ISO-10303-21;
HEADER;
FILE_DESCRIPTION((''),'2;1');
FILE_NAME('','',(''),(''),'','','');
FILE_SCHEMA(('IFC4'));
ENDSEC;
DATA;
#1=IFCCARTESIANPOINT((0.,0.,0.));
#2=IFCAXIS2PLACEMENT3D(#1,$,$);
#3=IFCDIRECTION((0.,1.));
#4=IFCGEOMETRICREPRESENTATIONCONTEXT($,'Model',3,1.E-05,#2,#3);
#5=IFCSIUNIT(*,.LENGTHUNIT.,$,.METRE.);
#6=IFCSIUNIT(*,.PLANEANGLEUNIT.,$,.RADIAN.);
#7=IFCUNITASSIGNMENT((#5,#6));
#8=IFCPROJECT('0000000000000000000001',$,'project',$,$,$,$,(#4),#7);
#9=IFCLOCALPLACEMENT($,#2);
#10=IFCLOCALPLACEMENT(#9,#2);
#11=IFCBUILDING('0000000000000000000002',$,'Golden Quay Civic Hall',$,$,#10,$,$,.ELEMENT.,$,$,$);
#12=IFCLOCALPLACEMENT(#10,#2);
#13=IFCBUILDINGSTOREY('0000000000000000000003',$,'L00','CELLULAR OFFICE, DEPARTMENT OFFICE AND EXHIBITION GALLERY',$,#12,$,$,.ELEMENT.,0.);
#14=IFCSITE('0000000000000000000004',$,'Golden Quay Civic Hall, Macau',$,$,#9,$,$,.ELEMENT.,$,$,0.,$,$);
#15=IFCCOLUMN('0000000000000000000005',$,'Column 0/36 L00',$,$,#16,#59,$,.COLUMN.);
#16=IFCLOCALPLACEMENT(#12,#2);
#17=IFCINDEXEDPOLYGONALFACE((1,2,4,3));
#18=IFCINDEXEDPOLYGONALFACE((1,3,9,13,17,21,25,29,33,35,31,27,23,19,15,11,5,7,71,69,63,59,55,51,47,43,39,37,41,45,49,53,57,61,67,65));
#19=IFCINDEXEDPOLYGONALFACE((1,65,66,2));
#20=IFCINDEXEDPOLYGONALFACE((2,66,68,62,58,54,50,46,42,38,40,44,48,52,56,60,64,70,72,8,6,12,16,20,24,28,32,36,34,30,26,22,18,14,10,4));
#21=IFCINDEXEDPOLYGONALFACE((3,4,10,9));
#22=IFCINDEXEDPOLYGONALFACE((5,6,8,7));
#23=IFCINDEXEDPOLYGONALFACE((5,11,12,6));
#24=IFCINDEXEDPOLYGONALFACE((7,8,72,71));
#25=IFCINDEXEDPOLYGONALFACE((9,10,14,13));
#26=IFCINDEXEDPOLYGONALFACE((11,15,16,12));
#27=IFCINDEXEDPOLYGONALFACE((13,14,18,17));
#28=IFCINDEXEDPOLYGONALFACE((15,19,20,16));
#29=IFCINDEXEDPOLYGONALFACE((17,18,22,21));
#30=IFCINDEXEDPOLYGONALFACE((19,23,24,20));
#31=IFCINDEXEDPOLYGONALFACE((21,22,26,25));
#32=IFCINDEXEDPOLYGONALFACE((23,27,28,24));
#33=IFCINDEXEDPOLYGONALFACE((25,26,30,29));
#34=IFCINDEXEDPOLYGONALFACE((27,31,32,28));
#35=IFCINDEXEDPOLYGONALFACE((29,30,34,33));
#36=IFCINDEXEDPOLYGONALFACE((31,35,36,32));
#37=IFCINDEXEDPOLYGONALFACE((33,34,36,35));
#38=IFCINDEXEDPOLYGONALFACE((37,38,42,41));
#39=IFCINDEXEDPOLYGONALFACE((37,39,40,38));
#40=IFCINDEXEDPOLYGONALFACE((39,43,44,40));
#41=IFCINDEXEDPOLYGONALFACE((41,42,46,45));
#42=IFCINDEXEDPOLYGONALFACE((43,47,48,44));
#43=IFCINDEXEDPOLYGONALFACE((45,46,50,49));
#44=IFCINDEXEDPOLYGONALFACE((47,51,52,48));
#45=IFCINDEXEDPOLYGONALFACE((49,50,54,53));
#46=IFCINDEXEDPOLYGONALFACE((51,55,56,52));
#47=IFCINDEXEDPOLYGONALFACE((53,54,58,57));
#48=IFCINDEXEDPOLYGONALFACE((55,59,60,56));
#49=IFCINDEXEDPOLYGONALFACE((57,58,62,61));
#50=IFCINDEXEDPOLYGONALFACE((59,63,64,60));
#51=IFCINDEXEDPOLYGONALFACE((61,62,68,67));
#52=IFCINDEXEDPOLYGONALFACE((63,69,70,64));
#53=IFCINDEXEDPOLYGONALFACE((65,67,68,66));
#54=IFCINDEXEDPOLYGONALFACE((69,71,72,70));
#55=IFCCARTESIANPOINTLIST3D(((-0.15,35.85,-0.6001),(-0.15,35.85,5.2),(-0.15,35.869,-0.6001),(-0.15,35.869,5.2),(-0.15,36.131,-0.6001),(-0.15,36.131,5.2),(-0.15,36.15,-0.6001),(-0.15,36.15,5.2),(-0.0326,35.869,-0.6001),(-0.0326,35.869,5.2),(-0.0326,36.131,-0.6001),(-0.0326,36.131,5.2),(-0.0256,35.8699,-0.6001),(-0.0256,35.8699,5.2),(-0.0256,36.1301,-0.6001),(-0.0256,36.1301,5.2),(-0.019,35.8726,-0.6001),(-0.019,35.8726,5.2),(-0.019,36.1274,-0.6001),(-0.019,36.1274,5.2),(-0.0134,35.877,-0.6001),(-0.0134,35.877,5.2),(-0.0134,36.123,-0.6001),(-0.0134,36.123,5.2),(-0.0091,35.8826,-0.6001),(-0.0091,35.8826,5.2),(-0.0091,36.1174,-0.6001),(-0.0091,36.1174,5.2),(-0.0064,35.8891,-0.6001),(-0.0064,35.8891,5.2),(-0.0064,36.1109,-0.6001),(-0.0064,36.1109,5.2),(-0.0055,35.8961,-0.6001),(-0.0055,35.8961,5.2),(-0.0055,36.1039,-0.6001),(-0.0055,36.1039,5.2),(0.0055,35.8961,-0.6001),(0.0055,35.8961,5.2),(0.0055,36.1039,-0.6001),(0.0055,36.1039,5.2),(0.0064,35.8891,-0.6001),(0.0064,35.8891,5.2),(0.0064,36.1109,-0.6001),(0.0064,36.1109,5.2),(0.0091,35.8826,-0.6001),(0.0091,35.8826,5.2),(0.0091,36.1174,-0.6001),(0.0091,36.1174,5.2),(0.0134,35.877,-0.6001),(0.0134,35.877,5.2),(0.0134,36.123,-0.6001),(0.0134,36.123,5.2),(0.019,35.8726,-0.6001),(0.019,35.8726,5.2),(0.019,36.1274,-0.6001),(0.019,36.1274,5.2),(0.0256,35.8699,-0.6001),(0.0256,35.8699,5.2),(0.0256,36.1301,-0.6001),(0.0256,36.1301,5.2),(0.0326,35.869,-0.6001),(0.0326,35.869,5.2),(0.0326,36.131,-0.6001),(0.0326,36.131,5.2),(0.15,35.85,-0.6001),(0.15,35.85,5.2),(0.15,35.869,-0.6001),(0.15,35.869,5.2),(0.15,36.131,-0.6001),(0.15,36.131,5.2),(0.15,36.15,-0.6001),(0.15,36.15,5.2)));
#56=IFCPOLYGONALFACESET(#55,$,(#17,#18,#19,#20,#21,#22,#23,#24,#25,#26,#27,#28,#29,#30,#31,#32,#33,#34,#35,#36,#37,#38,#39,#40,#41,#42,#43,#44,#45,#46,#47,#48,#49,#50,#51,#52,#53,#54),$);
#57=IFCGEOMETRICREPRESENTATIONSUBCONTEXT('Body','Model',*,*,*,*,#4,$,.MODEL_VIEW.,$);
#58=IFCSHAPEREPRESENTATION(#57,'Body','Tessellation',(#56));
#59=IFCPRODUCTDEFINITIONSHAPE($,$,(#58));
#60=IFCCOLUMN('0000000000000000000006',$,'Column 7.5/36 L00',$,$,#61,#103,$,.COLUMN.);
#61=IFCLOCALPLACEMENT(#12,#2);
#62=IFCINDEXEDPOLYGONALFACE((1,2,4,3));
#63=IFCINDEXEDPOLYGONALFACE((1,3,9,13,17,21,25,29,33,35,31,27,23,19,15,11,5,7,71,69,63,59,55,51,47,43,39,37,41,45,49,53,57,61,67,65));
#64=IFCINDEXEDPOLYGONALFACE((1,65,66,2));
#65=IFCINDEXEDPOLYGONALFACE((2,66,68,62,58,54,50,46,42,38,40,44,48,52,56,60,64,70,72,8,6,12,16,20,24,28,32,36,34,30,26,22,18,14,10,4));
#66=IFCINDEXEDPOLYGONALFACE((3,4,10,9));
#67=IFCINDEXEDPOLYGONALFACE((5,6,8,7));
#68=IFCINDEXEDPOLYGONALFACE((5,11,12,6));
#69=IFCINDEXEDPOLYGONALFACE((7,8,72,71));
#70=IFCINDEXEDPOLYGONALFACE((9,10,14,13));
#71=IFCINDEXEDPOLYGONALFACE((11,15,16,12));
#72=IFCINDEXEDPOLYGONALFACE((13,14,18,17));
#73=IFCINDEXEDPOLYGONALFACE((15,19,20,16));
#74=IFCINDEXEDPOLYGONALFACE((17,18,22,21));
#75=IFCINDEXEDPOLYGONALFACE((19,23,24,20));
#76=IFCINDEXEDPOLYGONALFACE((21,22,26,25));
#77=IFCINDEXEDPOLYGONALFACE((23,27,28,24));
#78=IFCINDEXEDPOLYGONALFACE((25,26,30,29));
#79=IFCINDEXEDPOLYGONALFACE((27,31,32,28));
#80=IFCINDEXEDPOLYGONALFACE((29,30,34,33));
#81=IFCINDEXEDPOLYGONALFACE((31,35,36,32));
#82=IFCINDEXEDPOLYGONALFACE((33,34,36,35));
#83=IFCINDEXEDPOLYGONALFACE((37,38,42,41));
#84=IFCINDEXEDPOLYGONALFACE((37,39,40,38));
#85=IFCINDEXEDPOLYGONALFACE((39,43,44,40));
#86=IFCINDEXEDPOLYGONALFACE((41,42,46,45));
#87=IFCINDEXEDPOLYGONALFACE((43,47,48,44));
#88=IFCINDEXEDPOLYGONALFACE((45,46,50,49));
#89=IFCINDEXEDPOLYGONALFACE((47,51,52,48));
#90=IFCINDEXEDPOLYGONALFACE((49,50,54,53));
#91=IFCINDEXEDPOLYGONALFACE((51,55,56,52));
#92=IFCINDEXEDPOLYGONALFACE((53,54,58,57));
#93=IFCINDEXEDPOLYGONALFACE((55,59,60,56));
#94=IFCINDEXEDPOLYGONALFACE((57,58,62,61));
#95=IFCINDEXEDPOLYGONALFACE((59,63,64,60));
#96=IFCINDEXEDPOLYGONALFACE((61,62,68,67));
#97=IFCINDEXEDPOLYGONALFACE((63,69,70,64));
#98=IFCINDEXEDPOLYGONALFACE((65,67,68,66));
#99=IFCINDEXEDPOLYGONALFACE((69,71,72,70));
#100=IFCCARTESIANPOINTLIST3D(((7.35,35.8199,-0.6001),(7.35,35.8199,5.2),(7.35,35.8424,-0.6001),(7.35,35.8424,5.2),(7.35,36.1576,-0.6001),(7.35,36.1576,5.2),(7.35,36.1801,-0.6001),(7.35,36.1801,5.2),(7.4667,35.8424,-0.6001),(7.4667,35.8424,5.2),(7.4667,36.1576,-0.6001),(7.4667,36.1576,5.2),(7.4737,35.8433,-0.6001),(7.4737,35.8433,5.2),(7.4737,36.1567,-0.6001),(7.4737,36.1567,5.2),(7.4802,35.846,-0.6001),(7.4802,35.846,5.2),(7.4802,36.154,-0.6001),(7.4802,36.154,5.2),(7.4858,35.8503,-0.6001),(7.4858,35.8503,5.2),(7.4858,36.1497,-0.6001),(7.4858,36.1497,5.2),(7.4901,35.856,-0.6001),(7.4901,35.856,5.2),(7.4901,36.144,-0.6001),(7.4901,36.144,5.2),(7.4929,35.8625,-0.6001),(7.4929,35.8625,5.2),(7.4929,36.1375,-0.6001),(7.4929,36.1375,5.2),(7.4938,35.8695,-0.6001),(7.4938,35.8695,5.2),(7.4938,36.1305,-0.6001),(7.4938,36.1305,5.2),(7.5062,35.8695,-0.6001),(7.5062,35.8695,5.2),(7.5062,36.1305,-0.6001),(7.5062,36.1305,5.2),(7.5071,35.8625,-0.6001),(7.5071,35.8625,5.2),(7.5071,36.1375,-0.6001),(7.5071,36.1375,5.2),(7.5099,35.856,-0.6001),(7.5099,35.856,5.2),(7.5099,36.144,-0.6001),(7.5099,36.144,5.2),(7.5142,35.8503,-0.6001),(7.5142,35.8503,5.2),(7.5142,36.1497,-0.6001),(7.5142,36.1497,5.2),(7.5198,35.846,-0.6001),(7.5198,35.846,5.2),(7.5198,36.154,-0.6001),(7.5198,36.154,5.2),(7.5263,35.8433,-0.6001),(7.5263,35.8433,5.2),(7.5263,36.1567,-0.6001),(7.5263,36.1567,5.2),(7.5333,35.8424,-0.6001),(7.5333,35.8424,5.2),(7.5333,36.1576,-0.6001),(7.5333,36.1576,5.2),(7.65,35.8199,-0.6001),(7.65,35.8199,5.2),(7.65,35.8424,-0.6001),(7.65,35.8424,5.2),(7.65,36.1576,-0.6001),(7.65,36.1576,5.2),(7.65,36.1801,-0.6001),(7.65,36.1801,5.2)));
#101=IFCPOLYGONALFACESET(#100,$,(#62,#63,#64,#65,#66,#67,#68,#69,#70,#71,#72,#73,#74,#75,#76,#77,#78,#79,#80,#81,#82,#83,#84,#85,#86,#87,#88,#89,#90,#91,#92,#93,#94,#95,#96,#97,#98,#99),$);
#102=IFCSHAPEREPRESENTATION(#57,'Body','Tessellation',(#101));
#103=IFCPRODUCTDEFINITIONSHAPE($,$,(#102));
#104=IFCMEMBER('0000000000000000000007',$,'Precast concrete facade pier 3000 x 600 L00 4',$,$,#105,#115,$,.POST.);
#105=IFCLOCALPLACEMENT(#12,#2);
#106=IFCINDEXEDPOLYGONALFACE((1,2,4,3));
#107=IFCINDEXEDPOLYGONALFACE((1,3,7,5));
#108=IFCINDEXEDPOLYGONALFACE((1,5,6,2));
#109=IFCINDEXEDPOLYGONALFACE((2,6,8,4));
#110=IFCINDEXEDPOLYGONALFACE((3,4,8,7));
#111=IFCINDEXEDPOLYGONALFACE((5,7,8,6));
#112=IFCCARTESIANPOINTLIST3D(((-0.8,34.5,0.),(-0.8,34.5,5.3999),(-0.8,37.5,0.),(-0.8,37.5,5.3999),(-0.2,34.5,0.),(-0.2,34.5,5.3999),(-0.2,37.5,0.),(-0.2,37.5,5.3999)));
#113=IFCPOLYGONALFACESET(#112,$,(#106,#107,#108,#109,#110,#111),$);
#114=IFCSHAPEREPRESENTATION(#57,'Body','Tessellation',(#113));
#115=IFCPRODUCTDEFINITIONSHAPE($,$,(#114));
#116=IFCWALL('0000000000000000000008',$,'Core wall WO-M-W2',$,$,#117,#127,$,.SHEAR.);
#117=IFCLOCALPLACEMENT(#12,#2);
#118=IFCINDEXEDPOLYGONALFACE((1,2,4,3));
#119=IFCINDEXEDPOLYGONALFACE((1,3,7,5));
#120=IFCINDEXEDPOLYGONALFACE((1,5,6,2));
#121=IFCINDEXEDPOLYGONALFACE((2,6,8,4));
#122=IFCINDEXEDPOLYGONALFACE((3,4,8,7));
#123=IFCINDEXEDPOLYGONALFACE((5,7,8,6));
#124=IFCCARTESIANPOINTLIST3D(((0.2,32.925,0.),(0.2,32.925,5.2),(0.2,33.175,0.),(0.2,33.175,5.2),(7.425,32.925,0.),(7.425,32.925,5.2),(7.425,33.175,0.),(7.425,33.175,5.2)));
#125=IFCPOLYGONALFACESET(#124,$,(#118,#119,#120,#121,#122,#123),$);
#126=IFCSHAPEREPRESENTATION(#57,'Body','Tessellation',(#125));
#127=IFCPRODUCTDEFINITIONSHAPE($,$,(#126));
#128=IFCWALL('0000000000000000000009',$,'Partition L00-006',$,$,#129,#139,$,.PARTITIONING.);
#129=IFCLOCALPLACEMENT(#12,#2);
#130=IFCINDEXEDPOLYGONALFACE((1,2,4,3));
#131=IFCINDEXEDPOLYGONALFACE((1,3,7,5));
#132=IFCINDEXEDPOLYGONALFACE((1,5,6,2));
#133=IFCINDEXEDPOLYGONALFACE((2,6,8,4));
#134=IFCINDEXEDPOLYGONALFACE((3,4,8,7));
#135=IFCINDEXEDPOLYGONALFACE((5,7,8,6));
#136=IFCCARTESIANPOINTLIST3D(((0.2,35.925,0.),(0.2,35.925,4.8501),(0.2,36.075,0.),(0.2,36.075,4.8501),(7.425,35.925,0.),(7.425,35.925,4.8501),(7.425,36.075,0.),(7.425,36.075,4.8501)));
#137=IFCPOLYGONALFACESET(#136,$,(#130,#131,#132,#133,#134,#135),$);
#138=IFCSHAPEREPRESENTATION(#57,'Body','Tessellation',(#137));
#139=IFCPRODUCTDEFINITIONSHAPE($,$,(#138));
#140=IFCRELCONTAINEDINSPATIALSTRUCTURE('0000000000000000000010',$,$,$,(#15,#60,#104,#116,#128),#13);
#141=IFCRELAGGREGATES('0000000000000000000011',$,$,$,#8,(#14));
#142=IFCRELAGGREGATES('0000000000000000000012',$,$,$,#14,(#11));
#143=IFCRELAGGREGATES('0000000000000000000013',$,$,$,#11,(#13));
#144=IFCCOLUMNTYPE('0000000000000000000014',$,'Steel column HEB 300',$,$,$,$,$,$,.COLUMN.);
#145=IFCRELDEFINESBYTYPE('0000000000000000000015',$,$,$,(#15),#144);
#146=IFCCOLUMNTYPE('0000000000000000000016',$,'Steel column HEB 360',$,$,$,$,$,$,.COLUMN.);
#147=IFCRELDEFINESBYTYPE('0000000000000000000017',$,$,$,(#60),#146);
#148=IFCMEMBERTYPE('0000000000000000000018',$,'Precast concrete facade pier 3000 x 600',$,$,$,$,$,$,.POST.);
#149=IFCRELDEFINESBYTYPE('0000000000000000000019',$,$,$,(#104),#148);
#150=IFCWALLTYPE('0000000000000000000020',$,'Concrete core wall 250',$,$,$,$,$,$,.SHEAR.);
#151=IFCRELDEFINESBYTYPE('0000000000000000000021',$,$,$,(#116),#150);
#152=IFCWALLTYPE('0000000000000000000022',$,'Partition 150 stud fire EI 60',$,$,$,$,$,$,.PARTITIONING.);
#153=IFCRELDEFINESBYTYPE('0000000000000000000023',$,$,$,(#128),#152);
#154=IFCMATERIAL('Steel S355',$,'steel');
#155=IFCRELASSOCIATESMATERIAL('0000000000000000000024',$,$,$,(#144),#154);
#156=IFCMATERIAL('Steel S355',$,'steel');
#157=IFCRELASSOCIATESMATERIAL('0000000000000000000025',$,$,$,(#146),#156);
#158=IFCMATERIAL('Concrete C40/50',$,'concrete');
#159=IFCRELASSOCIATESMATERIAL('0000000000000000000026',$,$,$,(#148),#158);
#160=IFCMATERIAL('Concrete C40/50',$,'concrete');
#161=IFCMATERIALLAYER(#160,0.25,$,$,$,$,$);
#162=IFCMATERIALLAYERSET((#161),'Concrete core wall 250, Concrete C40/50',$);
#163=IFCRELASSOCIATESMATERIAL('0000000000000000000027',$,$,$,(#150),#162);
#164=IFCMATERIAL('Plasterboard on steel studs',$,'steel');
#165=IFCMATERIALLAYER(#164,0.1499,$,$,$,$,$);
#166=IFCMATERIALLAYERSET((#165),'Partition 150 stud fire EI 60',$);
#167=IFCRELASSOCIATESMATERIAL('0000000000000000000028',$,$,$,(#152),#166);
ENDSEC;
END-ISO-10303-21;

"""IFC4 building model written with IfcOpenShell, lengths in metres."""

from ifc_helpers import new_model, si_unit, direction, frame, frame_2d, origin, origin_2d, place, context, subcontext, project, spatial, rectangle, i_section, extrude, material, layer, layer_set, material_profile, profile_set, type_object, element, save


model = new_model("IFC4")

# Units and contexts
model_context = context("Model", 3, precision=1e-05, world=origin(), true_north=direction((0.0, 1.0)))
body_context = subcontext(model_context, "Body", "Model", "MODEL_VIEW")
ifc_project = project(units=[si_unit("LENGTHUNIT", "METRE"), si_unit("PLANEANGLEUNIT", "RADIAN")], contexts=[model_context])

# Site, building, storey
site_placement = place(None, origin())
site = spatial("IfcSite", under=ifc_project, at=site_placement, Name="Golden Quay Civic Hall, Macau", CompositionType="ELEMENT", RefElevation=0.0)
building_placement = place(site_placement, origin())
building = spatial("IfcBuilding", under=site, at=building_placement, Name="Golden Quay Civic Hall", CompositionType="ELEMENT")
storey_placement = place(building_placement, origin())
storey = spatial("IfcBuildingStorey", under=building, at=storey_placement, Name="L00", Description="CELLULAR OFFICE, DEPARTMENT OFFICE AND EXHIBITION GALLERY", CompositionType="ELEMENT", Elevation=0.0)

# Columns
ifc_material_1 = material(Name="Steel S355", Category="steel")
ifc_material_profile_1 = material_profile(ifc_material_1, i_section(OverallWidth=0.3, OverallDepth=0.3, WebThickness=0.011, FlangeThickness=0.019, FilletRadius=0.0271, at=origin_2d()), Name="HEB 300")
ifc_profile_set_1 = profile_set([ifc_material_profile_1], Name="Steel S355")
column_type_1 = type_object("IfcColumnType", Name="Steel column HEB 300", PredefinedType="COLUMN", material=ifc_profile_set_1)
column_1_placement = place(storey_placement, frame((0.0, 36.0, -0.6001), z_axis=(0.0, 0.0, 1.0), x_axis=(1.0, 0.0, 0.0)))
element("IfcColumn", 1, at=column_1_placement, inside=storey, type_object=column_type_1, Name="Column 0/36 L00", PredefinedType="COLUMN", context=body_context, shape_type="SweptSolid", body=[
    extrude(i_section(OverallWidth=0.3, OverallDepth=0.3, WebThickness=0.011, FlangeThickness=0.019, FilletRadius=0.0271, at=origin_2d()), origin(), (0.0, 0.0, 1.0), 5.8),
])
ifc_material_2 = material(Name="Steel S355", Category="steel")
ifc_material_profile_2 = material_profile(ifc_material_2, i_section(OverallWidth=0.3, OverallDepth=0.3601, WebThickness=0.0125, FlangeThickness=0.0225, FilletRadius=0.0271, at=origin_2d()), Name="HEB 360")
ifc_profile_set_2 = profile_set([ifc_material_profile_2], Name="Steel S355")
column_type_2 = type_object("IfcColumnType", Name="Steel column HEB 360", PredefinedType="COLUMN", material=ifc_profile_set_2)
column_2_placement = place(storey_placement, frame((7.5, 36.0, -0.6001), z_axis=(0.0, 0.0, 1.0), x_axis=(1.0, 0.0, 0.0)))
element("IfcColumn", 2, at=column_2_placement, inside=storey, type_object=column_type_2, Name="Column 7.5/36 L00", PredefinedType="COLUMN", context=body_context, shape_type="SweptSolid", body=[
    extrude(i_section(OverallWidth=0.3, OverallDepth=0.3601, WebThickness=0.0125, FlangeThickness=0.0225, FilletRadius=0.0271, at=origin_2d()), origin(), (0.0, 0.0, 1.0), 5.8),
])

# Member
ifc_material_3 = material(Name="Concrete C40/50", Category="concrete")
ifc_material_profile_3 = material_profile(ifc_material_3, rectangle(XDim=3.0, YDim=0.6001, at=origin_2d()), Name="RC 3000x600")
ifc_profile_set_3 = profile_set([ifc_material_profile_3], Name="Concrete C40/50")
member_type = type_object("IfcMemberType", Name="Precast concrete facade pier 3000 x 600", PredefinedType="POST", material=ifc_profile_set_3)
member_placement = place(storey_placement, frame((-0.5, 36.0, 0.0), z_axis=(0.0, 0.0, 1.0), x_axis=(0.0, 1.0, 0.0)))
element("IfcMember", 3, at=member_placement, inside=storey, type_object=member_type, Name="Precast concrete facade pier 3000 x 600 L00 4", PredefinedType="POST", context=body_context, shape_type="SweptSolid", body=[
    extrude(rectangle(XDim=3.0, YDim=0.6001, at=origin_2d()), origin(), (0.0, 0.0, 1.0), 5.3999),
])

# Walls
ifc_material_4 = material(Name="Concrete C40/50", Category="concrete")
ifc_layer_1 = layer(ifc_material_4, 0.25)
ifc_layer_set_1 = layer_set([ifc_layer_1], Name="Concrete core wall 250, Concrete C40/50")
wall_type_1 = type_object("IfcWallType", Name="Concrete core wall 250", PredefinedType="SHEAR", material=ifc_layer_set_1)
wall_1_placement = place(storey_placement, frame((0.2, 33.05, 0.0), z_axis=(0.0, 0.0, 1.0), x_axis=(1.0, 0.0, 0.0)))
element("IfcWall", 4, at=wall_1_placement, inside=storey, type_object=wall_type_1, Name="Core wall WO-M-W2", PredefinedType="SHEAR", context=body_context, shape_type="SweptSolid", body=[
    extrude(rectangle(XDim=7.2251, YDim=0.25, at=frame_2d((3.6125, 0.0))), origin(), (0.0, 0.0, 1.0), 5.2),
])
ifc_material_5 = material(Name="Plasterboard on steel studs", Category="steel")
ifc_layer_2 = layer(ifc_material_5, 0.1499)
ifc_layer_set_2 = layer_set([ifc_layer_2], Name="Partition 150 stud fire EI 60")
wall_type_2 = type_object("IfcWallType", Name="Partition 150 stud fire EI 60", PredefinedType="PARTITIONING", material=ifc_layer_set_2)
wall_2_placement = place(storey_placement, frame((0.2, 36.0, 0.0), z_axis=(0.0, 0.0, 1.0), x_axis=(1.0, 0.0, 0.0)))
element("IfcWall", 5, at=wall_2_placement, inside=storey, type_object=wall_type_2, Name="Partition L00-006", PredefinedType="PARTITIONING", context=body_context, shape_type="SweptSolid", body=[
    extrude(rectangle(XDim=7.2251, YDim=0.1499, at=frame_2d((3.6125, 0.0))), origin(), (0.0, 0.0, 1.0), 4.8501),
])

save(model, "model.ifc")
